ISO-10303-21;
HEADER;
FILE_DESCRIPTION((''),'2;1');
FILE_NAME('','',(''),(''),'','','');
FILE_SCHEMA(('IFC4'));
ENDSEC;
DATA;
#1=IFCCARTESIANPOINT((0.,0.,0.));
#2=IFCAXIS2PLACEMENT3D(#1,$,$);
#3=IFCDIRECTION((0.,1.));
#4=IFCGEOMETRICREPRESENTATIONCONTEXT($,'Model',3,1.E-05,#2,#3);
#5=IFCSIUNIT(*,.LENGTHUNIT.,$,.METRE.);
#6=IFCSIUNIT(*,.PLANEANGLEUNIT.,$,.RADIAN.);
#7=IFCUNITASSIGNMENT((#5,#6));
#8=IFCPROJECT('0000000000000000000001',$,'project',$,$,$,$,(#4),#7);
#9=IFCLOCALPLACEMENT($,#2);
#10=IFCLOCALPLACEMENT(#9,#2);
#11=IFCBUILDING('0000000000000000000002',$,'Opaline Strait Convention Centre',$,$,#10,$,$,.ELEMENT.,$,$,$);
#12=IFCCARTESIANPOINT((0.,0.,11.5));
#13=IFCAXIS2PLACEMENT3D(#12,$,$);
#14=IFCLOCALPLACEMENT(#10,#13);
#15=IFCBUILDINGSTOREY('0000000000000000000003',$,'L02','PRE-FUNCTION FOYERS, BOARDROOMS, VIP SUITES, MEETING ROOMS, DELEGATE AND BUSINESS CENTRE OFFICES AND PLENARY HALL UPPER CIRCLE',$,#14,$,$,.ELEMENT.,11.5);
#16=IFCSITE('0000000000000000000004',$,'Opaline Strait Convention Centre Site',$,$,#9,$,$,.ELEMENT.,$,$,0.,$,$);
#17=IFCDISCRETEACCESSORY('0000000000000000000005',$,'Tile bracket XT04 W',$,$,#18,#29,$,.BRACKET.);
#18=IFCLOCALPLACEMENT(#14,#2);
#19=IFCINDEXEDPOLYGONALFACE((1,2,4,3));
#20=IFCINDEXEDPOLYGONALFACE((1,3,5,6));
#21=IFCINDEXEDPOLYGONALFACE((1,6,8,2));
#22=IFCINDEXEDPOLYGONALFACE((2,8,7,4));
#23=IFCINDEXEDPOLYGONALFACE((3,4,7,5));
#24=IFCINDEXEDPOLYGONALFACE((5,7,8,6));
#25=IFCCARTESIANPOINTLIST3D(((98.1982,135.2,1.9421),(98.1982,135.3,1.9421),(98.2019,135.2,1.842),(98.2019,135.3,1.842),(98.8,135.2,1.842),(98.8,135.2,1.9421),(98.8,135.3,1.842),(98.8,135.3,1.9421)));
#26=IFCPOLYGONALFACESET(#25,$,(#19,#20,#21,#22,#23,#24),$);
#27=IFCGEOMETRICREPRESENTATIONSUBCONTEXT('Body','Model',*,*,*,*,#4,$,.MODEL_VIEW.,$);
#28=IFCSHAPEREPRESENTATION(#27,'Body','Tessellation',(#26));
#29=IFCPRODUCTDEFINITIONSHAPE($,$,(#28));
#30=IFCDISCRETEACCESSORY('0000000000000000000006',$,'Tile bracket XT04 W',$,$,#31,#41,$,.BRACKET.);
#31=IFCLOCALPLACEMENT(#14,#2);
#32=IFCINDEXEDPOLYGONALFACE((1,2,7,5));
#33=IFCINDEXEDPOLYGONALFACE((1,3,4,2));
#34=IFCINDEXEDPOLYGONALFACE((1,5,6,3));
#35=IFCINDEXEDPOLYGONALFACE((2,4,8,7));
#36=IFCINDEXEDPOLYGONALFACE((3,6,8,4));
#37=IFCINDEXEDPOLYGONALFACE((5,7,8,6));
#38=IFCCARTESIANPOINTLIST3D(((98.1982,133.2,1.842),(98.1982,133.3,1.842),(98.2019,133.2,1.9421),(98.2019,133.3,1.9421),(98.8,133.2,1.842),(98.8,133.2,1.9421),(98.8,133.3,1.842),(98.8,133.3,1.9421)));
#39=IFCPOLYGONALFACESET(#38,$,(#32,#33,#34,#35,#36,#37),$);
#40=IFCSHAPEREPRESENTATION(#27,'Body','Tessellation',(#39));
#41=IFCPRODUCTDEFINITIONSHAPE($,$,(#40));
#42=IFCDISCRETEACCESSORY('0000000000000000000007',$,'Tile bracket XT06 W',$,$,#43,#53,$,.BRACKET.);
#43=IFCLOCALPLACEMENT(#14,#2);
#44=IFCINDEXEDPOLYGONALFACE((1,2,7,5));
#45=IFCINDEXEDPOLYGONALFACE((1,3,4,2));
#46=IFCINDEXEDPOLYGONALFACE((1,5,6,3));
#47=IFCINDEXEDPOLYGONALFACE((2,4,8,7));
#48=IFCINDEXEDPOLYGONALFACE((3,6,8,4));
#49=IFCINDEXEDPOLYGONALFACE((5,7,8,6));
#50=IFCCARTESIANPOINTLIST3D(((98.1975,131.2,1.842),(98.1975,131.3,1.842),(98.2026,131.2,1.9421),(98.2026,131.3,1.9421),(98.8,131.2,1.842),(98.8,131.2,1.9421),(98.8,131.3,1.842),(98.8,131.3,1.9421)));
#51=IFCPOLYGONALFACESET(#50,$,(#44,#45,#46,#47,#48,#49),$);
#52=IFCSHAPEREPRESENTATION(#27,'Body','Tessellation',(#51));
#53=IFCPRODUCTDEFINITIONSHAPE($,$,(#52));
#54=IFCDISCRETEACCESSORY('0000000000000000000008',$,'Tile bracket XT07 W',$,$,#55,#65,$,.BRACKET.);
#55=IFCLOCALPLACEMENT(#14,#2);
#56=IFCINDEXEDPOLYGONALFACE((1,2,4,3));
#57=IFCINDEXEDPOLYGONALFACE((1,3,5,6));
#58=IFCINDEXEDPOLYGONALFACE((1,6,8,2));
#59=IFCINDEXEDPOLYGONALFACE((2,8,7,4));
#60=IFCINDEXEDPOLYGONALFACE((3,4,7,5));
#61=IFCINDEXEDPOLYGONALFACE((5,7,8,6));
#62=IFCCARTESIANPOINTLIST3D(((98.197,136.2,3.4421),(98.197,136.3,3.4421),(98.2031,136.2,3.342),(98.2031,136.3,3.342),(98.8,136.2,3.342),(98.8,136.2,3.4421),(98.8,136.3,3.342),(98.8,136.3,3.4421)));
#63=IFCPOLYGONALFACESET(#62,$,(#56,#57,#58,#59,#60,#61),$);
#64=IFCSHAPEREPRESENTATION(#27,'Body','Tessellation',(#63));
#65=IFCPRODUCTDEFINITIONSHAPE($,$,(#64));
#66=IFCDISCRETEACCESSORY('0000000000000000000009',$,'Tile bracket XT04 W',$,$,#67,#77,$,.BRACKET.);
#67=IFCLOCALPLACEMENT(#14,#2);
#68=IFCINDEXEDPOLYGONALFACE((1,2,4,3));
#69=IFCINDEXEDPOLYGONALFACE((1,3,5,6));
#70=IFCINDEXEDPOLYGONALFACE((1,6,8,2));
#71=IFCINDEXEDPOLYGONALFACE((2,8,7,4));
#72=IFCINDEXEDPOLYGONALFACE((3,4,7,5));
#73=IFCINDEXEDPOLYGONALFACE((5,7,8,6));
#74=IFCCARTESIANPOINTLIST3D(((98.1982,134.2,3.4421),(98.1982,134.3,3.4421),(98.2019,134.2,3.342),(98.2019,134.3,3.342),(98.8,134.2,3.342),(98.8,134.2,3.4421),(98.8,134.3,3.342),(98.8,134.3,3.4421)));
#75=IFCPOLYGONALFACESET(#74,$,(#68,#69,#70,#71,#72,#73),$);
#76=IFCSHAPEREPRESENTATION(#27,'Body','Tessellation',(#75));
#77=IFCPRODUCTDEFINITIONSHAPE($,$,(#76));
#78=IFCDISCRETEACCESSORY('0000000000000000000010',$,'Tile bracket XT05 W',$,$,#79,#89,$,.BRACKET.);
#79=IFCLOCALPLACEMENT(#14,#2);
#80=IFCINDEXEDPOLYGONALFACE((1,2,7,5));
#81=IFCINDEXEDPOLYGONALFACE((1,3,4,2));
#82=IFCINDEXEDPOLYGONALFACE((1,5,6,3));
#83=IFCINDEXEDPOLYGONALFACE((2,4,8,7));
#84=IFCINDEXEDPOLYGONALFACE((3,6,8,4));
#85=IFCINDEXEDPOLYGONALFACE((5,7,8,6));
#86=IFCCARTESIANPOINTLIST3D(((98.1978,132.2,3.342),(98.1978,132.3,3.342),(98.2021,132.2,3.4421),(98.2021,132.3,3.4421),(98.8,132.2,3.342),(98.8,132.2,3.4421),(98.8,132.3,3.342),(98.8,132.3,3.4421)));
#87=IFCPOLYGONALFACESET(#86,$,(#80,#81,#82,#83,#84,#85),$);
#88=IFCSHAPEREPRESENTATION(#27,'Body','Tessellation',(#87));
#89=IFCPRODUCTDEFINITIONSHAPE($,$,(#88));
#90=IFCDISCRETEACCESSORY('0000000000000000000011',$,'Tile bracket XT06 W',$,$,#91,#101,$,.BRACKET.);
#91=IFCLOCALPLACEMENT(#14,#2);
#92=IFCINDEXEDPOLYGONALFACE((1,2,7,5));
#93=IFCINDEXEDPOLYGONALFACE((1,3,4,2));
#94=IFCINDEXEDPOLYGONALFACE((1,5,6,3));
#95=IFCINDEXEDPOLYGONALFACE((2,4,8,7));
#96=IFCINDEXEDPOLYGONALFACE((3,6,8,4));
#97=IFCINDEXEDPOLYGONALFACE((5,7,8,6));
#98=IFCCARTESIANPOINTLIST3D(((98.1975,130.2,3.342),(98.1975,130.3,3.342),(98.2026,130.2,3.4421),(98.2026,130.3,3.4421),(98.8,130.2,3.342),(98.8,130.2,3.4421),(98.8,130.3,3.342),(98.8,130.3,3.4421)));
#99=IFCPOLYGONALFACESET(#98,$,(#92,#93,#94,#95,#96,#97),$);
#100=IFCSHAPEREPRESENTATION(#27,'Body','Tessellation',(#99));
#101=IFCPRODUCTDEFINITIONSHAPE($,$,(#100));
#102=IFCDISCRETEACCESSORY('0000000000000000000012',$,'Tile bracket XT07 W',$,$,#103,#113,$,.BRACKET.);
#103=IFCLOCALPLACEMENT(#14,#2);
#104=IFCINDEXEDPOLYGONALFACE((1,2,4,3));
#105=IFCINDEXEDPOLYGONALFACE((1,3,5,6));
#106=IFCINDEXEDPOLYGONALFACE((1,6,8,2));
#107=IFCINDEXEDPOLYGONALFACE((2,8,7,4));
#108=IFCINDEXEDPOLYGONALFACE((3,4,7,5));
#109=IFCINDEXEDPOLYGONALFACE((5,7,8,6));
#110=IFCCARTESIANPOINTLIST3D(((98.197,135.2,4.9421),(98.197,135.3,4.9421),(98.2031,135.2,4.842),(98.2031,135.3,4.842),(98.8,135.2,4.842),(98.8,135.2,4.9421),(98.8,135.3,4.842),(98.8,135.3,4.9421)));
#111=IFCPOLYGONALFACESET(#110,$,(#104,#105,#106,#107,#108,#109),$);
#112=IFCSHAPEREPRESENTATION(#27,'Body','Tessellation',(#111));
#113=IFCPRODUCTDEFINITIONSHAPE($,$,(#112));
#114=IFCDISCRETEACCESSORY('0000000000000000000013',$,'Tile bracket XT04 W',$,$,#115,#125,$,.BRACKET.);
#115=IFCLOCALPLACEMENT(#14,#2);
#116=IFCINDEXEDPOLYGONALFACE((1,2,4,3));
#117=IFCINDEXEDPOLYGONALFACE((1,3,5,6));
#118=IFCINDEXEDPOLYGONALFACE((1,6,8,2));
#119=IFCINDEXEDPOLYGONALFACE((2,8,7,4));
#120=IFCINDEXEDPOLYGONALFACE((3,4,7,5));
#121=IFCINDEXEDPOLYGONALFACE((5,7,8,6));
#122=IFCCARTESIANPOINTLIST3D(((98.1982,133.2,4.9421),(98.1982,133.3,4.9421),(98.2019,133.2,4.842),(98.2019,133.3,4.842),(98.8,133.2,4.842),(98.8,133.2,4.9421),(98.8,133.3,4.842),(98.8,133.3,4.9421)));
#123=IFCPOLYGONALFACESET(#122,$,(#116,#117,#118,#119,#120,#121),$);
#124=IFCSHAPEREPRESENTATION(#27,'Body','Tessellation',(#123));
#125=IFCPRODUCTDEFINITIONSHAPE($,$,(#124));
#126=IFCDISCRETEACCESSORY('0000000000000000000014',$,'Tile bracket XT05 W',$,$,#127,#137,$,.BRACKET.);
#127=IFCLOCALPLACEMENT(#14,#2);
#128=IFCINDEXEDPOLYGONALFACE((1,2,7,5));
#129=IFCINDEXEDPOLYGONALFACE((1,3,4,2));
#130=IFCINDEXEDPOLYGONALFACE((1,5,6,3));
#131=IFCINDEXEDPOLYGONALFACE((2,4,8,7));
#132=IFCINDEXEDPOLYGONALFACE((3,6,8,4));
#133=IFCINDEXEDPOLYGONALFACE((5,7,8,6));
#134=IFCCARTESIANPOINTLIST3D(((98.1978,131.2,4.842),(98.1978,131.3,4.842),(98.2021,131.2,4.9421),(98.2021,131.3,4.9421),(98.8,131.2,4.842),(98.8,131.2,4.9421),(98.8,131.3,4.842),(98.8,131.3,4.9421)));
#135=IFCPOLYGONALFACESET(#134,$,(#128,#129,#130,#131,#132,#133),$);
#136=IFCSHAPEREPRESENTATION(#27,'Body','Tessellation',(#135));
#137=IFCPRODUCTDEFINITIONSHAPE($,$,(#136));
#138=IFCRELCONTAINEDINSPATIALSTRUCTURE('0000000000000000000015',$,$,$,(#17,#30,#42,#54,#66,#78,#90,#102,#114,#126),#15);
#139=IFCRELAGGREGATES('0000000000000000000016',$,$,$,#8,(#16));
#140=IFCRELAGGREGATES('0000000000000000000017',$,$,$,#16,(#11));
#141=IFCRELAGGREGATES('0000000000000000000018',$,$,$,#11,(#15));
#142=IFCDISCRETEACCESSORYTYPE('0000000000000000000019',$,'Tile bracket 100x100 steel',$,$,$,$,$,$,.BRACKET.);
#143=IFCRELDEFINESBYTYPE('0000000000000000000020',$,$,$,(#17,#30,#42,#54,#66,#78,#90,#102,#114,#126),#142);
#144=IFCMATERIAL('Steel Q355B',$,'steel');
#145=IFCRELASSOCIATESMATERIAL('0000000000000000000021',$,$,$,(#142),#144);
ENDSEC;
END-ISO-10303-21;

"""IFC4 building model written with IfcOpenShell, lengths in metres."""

from ifc_helpers import new_model, si_unit, direction, frame, origin, place, context, subcontext, project, spatial, polyline, outline, extrude, material, type_object, element, save


model = new_model("IFC4")

# Units and contexts
model_context = context("Model", 3, precision=1e-05, world=origin(), true_north=direction((0.0, 1.0)))
body_context = subcontext(model_context, "Body", "Model", "MODEL_VIEW")
ifc_project = project(units=[si_unit("LENGTHUNIT", "METRE"), si_unit("PLANEANGLEUNIT", "RADIAN")], contexts=[model_context])

# Site, building, storey
site_placement = place(None, origin())
site = spatial("IfcSite", under=ifc_project, at=site_placement, Name="Opaline Strait Convention Centre Site", CompositionType="ELEMENT", RefElevation=0.0)
building_placement = place(site_placement, origin())
building = spatial("IfcBuilding", under=site, at=building_placement, Name="Opaline Strait Convention Centre", CompositionType="ELEMENT")
storey_placement = place(building_placement, frame((0.0, 0.0, 11.5)))
storey = spatial("IfcBuildingStorey", under=building, at=storey_placement, Name="L02", Description="PRE-FUNCTION FOYERS, BOARDROOMS, VIP SUITES, MEETING ROOMS, DELEGATE AND BUSINESS CENTRE OFFICES AND PLENARY HALL UPPER CIRCLE", CompositionType="ELEMENT", Elevation=11.5)

# Discrete accessories
ifc_material_1 = material(Name="Steel Q355B", Category="steel")
discrete_accessory_type = type_object("IfcDiscreteAccessoryType", Name="Tile bracket 100x100 steel", PredefinedType="BRACKET", material=ifc_material_1)
discrete_accessory_1_placement = place(storey_placement, frame((98.8, 135.3, 1.8921), z_axis=(0.0, -1.0, 0.0), x_axis=(1.0, 0.0, 0.0)))
element("IfcDiscreteAccessory", 1, at=discrete_accessory_1_placement, inside=storey, type_object=discrete_accessory_type, Name="Tile bracket XT04 W", PredefinedType="BRACKET", context=body_context, shape_type="SweptSolid", body=[
    extrude(outline(polyline([(0.0, -0.05), (0.0, 0.05), (-0.6018, 0.05), (-0.5981, -0.05), (0.0, -0.05)])), origin(), (0.0, 0.0, 1.0), 0.1001),
])
discrete_accessory_2_placement = place(storey_placement, frame((98.8, 133.3, 1.8921), z_axis=(0.0, -1.0, 0.0), x_axis=(1.0, 0.0, 0.0)))
element("IfcDiscreteAccessory", 2, at=discrete_accessory_2_placement, inside=storey, type_object=discrete_accessory_type, Name="Tile bracket XT04 W", PredefinedType="BRACKET", context=body_context, shape_type="SweptSolid", body=[
    extrude(outline(polyline([(0.0, -0.05), (0.0, 0.05), (-0.5981, 0.05), (-0.6018, -0.05), (0.0, -0.05)])), origin(), (0.0, 0.0, 1.0), 0.1001),
])
discrete_accessory_3_placement = place(storey_placement, frame((98.8, 131.3, 1.8921), z_axis=(0.0, -1.0, 0.0), x_axis=(1.0, 0.0, 0.0)))
element("IfcDiscreteAccessory", 3, at=discrete_accessory_3_placement, inside=storey, type_object=discrete_accessory_type, Name="Tile bracket XT06 W", PredefinedType="BRACKET", context=body_context, shape_type="SweptSolid", body=[
    extrude(outline(polyline([(0.0, -0.05), (0.0, 0.05), (-0.5974, 0.05), (-0.6025, -0.05), (0.0, -0.05)])), origin(), (0.0, 0.0, 1.0), 0.1001),
])
discrete_accessory_4_placement = place(storey_placement, frame((98.8, 136.3, 3.3921), z_axis=(0.0, -1.0, 0.0), x_axis=(1.0, 0.0, 0.0)))
element("IfcDiscreteAccessory", 4, at=discrete_accessory_4_placement, inside=storey, type_object=discrete_accessory_type, Name="Tile bracket XT07 W", PredefinedType="BRACKET", context=body_context, shape_type="SweptSolid", body=[
    extrude(outline(polyline([(0.0, -0.05), (0.0, 0.05), (-0.603, 0.05), (-0.5969, -0.05), (0.0, -0.05)])), origin(), (0.0, 0.0, 1.0), 0.1001),
])
discrete_accessory_5_placement = place(storey_placement, frame((98.8, 134.3, 3.3921), z_axis=(0.0, -1.0, 0.0), x_axis=(1.0, 0.0, 0.0)))
element("IfcDiscreteAccessory", 5, at=discrete_accessory_5_placement, inside=storey, type_object=discrete_accessory_type, Name="Tile bracket XT04 W", PredefinedType="BRACKET", context=body_context, shape_type="SweptSolid", body=[
    extrude(outline(polyline([(0.0, -0.05), (0.0, 0.05), (-0.6018, 0.05), (-0.5981, -0.05), (0.0, -0.05)])), origin(), (0.0, 0.0, 1.0), 0.1001),
])
discrete_accessory_6_placement = place(storey_placement, frame((98.8, 132.3, 3.3921), z_axis=(0.0, -1.0, 0.0), x_axis=(1.0, 0.0, 0.0)))
element("IfcDiscreteAccessory", 6, at=discrete_accessory_6_placement, inside=storey, type_object=discrete_accessory_type, Name="Tile bracket XT05 W", PredefinedType="BRACKET", context=body_context, shape_type="SweptSolid", body=[
    extrude(outline(polyline([(0.0, -0.05), (0.0, 0.05), (-0.5979, 0.05), (-0.6023, -0.05), (0.0, -0.05)])), origin(), (0.0, 0.0, 1.0), 0.1001),
])
discrete_accessory_7_placement = place(storey_placement, frame((98.8, 130.3, 3.3921), z_axis=(0.0, -1.0, 0.0), x_axis=(1.0, 0.0, 0.0)))
element("IfcDiscreteAccessory", 7, at=discrete_accessory_7_placement, inside=storey, type_object=discrete_accessory_type, Name="Tile bracket XT06 W", PredefinedType="BRACKET", context=body_context, shape_type="SweptSolid", body=[
    extrude(outline(polyline([(0.0, -0.05), (0.0, 0.05), (-0.5974, 0.05), (-0.6025, -0.05), (0.0, -0.05)])), origin(), (0.0, 0.0, 1.0), 0.1001),
])
discrete_accessory_8_placement = place(storey_placement, frame((98.8, 135.3, 4.8921), z_axis=(0.0, -1.0, 0.0), x_axis=(1.0, 0.0, 0.0)))
element("IfcDiscreteAccessory", 8, at=discrete_accessory_8_placement, inside=storey, type_object=discrete_accessory_type, Name="Tile bracket XT07 W", PredefinedType="BRACKET", context=body_context, shape_type="SweptSolid", body=[
    extrude(outline(polyline([(0.0, -0.05), (0.0, 0.05), (-0.603, 0.05), (-0.5969, -0.05), (0.0, -0.05)])), origin(), (0.0, 0.0, 1.0), 0.1001),
])
discrete_accessory_9_placement = place(storey_placement, frame((98.8, 133.3, 4.8921), z_axis=(0.0, -1.0, 0.0), x_axis=(1.0, 0.0, 0.0)))
element("IfcDiscreteAccessory", 9, at=discrete_accessory_9_placement, inside=storey, type_object=discrete_accessory_type, Name="Tile bracket XT04 W", PredefinedType="BRACKET", context=body_context, shape_type="SweptSolid", body=[
    extrude(outline(polyline([(0.0, -0.05), (0.0, 0.05), (-0.6018, 0.05), (-0.5981, -0.05), (0.0, -0.05)])), origin(), (0.0, 0.0, 1.0), 0.1001),
])
discrete_accessory_10_placement = place(storey_placement, frame((98.8, 131.3, 4.8921), z_axis=(0.0, -1.0, 0.0), x_axis=(1.0, 0.0, 0.0)))
element("IfcDiscreteAccessory", 10, at=discrete_accessory_10_placement, inside=storey, type_object=discrete_accessory_type, Name="Tile bracket XT05 W", PredefinedType="BRACKET", context=body_context, shape_type="SweptSolid", body=[
    extrude(outline(polyline([(0.0, -0.05), (0.0, 0.05), (-0.5979, 0.05), (-0.6023, -0.05), (0.0, -0.05)])), origin(), (0.0, 0.0, 1.0), 0.1001),
])

save(model, "model.ifc")
